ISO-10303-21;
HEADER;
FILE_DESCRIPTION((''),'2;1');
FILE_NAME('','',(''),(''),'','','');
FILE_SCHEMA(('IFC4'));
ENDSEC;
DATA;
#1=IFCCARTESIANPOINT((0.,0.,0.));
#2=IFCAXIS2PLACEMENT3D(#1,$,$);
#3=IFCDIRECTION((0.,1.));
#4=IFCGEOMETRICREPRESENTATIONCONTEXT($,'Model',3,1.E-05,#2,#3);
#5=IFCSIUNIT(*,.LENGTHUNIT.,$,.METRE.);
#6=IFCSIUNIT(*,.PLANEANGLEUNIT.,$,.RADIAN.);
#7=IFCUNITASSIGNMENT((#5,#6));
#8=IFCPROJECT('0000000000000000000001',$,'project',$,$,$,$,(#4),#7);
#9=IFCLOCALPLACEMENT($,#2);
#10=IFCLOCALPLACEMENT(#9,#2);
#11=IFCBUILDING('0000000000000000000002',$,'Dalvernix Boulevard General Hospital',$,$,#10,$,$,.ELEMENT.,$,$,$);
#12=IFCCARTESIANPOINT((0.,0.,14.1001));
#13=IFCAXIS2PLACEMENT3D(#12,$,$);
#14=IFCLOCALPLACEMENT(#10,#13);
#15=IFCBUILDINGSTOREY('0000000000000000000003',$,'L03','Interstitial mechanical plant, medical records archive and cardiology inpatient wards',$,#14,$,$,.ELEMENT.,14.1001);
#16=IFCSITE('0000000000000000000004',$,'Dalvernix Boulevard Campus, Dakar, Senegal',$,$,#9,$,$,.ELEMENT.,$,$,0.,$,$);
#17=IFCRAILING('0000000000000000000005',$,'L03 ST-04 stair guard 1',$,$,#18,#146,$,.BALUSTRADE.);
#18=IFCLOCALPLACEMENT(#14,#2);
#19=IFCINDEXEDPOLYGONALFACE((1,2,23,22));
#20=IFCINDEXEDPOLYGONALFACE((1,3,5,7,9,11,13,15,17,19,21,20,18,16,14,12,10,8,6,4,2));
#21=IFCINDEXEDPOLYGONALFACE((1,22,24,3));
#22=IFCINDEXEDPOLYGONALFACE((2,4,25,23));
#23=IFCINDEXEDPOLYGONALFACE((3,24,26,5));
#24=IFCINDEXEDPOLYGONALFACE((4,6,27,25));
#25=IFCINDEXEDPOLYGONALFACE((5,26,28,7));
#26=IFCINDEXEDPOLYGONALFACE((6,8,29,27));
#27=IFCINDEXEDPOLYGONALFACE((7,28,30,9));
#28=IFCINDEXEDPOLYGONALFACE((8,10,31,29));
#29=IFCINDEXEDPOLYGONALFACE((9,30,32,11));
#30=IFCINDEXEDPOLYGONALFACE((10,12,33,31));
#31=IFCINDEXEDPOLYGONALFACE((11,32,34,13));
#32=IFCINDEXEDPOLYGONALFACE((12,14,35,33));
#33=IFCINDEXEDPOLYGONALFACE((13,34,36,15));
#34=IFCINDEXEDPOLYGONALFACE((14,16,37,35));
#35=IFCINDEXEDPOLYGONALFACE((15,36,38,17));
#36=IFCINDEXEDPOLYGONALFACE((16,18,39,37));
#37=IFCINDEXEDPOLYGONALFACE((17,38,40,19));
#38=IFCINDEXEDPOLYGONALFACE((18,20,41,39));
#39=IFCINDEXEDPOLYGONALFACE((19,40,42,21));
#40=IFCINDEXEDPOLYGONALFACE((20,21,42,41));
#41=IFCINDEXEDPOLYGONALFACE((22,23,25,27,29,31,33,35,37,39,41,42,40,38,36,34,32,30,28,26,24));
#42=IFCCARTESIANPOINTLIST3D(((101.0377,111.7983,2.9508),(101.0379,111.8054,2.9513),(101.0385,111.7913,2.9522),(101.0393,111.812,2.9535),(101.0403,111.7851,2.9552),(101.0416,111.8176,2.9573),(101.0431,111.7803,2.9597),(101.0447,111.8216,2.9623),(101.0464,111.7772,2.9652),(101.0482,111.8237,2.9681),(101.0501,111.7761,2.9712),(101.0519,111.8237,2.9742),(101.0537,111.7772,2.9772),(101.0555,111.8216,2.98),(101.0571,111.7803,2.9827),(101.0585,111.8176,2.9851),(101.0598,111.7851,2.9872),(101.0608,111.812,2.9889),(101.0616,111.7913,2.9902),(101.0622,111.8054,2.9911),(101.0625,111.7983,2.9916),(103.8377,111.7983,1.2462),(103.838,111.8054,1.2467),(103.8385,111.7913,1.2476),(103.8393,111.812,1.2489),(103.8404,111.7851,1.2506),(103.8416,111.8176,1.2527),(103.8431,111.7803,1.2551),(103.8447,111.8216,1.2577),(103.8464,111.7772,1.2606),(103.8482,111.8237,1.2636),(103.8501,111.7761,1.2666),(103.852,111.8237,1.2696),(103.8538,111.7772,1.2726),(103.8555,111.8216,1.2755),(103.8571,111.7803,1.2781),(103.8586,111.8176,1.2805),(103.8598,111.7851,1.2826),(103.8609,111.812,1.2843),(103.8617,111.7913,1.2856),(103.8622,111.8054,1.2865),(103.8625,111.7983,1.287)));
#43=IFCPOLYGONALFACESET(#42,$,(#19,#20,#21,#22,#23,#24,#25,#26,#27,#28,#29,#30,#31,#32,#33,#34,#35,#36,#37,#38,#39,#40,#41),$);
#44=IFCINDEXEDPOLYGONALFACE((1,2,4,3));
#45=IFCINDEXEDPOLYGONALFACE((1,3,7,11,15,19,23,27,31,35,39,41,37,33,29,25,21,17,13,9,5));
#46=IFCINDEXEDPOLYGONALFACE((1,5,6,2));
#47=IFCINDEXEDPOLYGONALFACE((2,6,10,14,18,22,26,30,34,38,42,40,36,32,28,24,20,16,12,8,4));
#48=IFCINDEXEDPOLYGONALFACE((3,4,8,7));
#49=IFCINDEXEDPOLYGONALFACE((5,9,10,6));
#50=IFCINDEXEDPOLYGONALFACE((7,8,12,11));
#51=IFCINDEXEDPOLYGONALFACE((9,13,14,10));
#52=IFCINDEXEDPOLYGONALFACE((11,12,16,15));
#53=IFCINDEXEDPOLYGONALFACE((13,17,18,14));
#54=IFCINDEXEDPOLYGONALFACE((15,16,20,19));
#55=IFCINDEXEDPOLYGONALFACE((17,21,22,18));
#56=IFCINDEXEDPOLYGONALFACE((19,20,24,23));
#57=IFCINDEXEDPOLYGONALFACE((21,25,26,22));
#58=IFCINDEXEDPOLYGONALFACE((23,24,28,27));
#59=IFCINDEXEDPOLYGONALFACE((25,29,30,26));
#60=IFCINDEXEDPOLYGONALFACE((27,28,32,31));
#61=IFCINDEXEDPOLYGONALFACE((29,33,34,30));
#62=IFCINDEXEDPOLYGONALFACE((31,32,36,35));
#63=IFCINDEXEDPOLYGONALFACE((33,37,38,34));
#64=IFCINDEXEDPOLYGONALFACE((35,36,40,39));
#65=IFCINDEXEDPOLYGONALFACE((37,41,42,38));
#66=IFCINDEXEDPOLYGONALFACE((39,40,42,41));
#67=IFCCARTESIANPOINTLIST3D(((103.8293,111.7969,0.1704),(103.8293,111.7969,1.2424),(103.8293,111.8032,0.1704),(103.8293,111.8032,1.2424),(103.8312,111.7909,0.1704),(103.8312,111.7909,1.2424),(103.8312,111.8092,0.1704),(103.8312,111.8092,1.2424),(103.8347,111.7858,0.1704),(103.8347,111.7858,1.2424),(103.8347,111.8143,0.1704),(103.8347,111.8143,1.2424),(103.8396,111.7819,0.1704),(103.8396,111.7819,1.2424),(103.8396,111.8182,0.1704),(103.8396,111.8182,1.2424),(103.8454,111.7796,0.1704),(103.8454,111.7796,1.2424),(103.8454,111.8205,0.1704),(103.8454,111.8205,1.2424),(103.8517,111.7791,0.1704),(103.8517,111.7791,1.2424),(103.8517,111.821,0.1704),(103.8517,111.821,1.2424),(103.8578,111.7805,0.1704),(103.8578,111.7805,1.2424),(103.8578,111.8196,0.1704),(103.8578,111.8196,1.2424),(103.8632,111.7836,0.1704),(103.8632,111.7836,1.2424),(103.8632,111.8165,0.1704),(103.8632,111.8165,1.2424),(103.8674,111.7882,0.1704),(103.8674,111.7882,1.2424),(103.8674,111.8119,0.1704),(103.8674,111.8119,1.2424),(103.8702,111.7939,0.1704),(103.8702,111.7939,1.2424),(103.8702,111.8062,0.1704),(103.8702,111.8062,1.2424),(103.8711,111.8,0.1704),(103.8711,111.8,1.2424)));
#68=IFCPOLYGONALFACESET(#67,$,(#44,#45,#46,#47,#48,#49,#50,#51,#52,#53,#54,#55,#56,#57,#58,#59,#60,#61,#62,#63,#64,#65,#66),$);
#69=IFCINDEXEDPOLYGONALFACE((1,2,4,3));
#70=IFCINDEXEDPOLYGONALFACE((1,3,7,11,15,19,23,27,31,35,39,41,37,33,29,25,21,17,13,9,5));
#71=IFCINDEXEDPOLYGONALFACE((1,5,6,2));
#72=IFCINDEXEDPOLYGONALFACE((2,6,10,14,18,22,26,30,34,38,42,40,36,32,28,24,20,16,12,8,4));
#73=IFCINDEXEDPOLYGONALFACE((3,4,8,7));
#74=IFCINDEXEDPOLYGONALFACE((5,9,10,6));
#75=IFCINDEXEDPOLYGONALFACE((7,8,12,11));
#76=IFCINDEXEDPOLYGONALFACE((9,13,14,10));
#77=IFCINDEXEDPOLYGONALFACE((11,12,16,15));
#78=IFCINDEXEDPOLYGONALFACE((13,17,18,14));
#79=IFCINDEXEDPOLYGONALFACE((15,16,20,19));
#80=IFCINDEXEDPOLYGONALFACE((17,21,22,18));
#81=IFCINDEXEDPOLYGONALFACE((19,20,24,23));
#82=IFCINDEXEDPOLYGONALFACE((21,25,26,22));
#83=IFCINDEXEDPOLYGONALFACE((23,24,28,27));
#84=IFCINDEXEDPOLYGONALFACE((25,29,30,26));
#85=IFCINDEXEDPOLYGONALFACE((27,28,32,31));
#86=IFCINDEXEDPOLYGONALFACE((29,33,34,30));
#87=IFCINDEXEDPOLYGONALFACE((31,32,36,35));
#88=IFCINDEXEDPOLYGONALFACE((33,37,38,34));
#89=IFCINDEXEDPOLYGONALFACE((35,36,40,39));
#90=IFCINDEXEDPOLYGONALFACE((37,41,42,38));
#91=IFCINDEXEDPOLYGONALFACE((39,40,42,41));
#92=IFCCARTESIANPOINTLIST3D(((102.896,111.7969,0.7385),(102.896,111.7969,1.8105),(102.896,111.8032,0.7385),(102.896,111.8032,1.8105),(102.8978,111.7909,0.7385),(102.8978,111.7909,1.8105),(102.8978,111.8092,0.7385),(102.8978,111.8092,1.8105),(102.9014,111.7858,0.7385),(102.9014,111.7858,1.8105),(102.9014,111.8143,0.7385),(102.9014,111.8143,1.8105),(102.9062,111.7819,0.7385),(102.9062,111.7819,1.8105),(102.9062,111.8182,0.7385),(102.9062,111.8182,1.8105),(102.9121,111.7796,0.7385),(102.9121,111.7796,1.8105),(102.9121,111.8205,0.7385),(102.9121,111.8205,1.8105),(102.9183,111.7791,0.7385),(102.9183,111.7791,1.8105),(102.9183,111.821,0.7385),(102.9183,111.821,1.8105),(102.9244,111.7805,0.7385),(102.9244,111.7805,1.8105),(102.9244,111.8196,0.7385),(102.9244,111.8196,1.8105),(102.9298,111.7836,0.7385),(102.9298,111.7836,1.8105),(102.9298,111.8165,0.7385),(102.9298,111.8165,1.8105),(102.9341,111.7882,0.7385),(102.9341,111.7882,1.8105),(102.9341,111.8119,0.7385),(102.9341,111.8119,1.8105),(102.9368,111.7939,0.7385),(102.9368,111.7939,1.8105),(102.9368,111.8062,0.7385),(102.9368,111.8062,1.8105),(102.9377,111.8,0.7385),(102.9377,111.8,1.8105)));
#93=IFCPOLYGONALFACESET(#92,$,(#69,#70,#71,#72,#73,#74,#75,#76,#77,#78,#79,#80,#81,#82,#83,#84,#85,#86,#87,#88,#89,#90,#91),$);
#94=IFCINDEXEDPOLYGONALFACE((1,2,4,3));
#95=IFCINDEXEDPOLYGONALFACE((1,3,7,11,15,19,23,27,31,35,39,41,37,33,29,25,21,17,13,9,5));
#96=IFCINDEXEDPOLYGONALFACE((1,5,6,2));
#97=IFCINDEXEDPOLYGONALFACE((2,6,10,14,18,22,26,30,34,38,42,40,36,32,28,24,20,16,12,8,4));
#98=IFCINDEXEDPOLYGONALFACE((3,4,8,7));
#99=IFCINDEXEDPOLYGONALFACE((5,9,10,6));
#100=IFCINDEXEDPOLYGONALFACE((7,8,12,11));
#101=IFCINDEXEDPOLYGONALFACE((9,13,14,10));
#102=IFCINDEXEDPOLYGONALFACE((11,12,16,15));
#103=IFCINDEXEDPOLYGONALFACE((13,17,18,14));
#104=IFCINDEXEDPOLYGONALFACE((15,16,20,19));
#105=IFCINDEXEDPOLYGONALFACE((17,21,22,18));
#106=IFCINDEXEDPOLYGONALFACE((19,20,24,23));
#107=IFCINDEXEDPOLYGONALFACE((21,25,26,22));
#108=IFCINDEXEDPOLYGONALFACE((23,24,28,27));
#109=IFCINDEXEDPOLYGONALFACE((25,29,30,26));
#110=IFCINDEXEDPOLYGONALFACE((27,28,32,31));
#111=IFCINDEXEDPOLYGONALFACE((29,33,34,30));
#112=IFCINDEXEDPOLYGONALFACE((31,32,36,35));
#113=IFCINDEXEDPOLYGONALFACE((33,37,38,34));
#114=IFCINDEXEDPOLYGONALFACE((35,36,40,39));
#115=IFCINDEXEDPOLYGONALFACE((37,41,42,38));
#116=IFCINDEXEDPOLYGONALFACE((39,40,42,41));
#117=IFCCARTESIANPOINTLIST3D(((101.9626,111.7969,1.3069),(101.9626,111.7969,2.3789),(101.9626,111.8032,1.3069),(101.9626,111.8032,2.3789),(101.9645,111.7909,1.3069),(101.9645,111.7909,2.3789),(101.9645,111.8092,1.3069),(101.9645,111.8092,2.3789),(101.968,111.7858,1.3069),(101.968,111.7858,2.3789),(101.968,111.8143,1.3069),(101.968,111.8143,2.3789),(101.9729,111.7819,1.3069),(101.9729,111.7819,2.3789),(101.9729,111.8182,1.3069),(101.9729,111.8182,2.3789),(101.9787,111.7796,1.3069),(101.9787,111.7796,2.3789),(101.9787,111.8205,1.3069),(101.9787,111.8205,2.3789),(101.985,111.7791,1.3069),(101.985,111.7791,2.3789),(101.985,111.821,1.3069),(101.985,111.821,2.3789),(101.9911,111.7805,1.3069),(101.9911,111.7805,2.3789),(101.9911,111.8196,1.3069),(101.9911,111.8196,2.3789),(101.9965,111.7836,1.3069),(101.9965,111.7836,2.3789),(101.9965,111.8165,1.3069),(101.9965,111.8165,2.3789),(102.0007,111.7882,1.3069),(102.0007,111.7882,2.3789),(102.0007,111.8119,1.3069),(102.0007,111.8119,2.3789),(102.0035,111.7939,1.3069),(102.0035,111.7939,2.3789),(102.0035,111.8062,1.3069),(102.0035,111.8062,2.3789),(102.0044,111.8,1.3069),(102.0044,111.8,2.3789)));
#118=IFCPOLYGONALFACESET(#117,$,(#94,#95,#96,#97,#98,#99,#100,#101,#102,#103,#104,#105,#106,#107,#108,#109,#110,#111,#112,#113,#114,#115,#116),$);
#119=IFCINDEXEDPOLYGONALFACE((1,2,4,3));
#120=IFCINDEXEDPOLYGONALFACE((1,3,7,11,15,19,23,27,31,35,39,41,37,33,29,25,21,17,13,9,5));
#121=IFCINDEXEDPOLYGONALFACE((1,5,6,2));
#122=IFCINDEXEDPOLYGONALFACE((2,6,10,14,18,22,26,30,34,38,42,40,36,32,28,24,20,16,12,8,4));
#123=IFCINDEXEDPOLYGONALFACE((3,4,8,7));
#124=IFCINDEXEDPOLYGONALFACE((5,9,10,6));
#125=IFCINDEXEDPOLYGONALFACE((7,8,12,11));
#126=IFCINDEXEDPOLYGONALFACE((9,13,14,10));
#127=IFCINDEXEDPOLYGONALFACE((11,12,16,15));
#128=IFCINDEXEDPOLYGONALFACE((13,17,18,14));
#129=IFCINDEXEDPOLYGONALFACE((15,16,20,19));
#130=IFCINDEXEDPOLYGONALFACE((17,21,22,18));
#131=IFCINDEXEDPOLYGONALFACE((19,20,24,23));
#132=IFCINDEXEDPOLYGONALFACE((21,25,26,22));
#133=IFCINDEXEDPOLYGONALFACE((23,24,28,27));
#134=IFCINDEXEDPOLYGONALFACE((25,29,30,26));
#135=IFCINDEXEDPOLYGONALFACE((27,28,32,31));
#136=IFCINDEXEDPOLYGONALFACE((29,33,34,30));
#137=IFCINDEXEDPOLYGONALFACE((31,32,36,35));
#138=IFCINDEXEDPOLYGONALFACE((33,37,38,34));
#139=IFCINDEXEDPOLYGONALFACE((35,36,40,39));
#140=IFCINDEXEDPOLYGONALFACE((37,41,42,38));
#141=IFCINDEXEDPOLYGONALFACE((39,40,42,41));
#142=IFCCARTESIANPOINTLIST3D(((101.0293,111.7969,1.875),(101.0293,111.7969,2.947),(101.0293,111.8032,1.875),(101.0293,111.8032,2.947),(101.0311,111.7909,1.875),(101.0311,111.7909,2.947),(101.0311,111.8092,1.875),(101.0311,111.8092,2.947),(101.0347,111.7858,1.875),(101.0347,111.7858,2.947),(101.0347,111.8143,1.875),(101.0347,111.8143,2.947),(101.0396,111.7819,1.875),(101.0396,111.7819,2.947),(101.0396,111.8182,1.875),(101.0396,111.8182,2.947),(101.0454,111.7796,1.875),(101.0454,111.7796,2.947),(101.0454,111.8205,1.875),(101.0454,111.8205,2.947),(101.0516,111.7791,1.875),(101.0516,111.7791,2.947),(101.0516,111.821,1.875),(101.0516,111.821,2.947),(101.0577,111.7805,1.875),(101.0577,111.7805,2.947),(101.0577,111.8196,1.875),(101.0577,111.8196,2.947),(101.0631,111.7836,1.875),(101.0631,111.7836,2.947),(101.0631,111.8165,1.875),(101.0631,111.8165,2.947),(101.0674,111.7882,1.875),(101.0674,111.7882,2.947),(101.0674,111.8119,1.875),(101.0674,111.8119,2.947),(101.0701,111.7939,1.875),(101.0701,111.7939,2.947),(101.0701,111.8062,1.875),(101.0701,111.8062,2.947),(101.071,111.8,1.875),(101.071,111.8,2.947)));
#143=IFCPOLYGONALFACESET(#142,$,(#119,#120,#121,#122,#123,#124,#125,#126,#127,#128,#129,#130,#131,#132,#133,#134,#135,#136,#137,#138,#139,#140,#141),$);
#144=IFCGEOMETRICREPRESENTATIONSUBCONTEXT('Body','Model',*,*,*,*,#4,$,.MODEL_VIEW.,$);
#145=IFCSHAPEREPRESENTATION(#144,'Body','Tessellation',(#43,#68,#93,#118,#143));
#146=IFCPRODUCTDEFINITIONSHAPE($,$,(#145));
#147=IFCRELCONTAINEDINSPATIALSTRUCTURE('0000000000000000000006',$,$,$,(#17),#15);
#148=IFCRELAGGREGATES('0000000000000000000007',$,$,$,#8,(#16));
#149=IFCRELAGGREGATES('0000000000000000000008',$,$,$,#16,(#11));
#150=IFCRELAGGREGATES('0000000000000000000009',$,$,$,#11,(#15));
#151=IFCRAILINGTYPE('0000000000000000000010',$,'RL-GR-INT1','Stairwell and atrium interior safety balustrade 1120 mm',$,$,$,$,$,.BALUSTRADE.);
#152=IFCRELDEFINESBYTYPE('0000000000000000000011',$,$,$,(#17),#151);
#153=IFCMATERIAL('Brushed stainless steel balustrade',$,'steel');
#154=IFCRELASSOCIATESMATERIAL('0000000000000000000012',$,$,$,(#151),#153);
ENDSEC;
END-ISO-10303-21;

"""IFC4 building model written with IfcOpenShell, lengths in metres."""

from ifc_helpers import new_model, si_unit, direction, frame, origin, origin_2d, place, context, subcontext, project, spatial, circle, extrude, material, type_object, element, save


model = new_model("IFC4")

# Units and contexts
model_context = context("Model", 3, precision=1e-05, world=origin(), true_north=direction((0.0, 1.0)))
body_context = subcontext(model_context, "Body", "Model", "MODEL_VIEW")
ifc_project = project(units=[si_unit("LENGTHUNIT", "METRE"), si_unit("PLANEANGLEUNIT", "RADIAN")], contexts=[model_context])

# Site, building, storey
site_placement = place(None, origin())
site = spatial("IfcSite", under=ifc_project, at=site_placement, Name="Dalvernix Boulevard Campus, Dakar, Senegal", CompositionType="ELEMENT", RefElevation=0.0)
building_placement = place(site_placement, origin())
building = spatial("IfcBuilding", under=site, at=building_placement, Name="Dalvernix Boulevard General Hospital", CompositionType="ELEMENT")
storey_placement = place(building_placement, frame((0.0, 0.0, 14.1001)))
storey = spatial("IfcBuildingStorey", under=building, at=storey_placement, Name="L03", Description="Interstitial mechanical plant, medical records archive and cardiology inpatient wards", CompositionType="ELEMENT", Elevation=14.1001)

# Railing
ifc_material_1 = material(Name="Brushed stainless steel balustrade", Category="steel")
railing_type_1 = type_object("IfcRailingType", Name="RL-GR-INT1", Description="Stairwell and atrium interior safety balustrade 1120 mm", PredefinedType="BALUSTRADE", material=ifc_material_1)
railing_1_placement = place(storey_placement, frame((103.8501, 111.8, 0.1704)))
element("IfcRailing", 1, at=railing_1_placement, inside=storey, type_object=railing_type_1, Name="L03 ST-04 stair guard 1", PredefinedType="BALUSTRADE", context=body_context, shape_type="SweptSolid", body=[
    extrude(circle(Radius=0.0239, at=origin_2d()), frame((0.0, 0.0, 1.0962), z_axis=(-0.85417, 0.0, 0.519994), x_axis=(0.0, -1.0, 0.0)), (0.0, 0.0, 1.0), 3.2781),
    extrude(circle(Radius=0.021, at=origin_2d()), origin(), (0.0, 0.0, 1.0), 1.072),
    extrude(circle(Radius=0.021, at=origin_2d()), frame((-0.9333, 0.0, 0.5681)), (0.0, 0.0, 1.0), 1.072),
    extrude(circle(Radius=0.021, at=origin_2d()), frame((-1.8667, 0.0, 1.1365)), (0.0, 0.0, 1.0), 1.072),
    extrude(circle(Radius=0.021, at=origin_2d()), frame((-2.8, 0.0, 1.7046)), (0.0, 0.0, 1.0), 1.072),
])

save(model, "model.ifc")
